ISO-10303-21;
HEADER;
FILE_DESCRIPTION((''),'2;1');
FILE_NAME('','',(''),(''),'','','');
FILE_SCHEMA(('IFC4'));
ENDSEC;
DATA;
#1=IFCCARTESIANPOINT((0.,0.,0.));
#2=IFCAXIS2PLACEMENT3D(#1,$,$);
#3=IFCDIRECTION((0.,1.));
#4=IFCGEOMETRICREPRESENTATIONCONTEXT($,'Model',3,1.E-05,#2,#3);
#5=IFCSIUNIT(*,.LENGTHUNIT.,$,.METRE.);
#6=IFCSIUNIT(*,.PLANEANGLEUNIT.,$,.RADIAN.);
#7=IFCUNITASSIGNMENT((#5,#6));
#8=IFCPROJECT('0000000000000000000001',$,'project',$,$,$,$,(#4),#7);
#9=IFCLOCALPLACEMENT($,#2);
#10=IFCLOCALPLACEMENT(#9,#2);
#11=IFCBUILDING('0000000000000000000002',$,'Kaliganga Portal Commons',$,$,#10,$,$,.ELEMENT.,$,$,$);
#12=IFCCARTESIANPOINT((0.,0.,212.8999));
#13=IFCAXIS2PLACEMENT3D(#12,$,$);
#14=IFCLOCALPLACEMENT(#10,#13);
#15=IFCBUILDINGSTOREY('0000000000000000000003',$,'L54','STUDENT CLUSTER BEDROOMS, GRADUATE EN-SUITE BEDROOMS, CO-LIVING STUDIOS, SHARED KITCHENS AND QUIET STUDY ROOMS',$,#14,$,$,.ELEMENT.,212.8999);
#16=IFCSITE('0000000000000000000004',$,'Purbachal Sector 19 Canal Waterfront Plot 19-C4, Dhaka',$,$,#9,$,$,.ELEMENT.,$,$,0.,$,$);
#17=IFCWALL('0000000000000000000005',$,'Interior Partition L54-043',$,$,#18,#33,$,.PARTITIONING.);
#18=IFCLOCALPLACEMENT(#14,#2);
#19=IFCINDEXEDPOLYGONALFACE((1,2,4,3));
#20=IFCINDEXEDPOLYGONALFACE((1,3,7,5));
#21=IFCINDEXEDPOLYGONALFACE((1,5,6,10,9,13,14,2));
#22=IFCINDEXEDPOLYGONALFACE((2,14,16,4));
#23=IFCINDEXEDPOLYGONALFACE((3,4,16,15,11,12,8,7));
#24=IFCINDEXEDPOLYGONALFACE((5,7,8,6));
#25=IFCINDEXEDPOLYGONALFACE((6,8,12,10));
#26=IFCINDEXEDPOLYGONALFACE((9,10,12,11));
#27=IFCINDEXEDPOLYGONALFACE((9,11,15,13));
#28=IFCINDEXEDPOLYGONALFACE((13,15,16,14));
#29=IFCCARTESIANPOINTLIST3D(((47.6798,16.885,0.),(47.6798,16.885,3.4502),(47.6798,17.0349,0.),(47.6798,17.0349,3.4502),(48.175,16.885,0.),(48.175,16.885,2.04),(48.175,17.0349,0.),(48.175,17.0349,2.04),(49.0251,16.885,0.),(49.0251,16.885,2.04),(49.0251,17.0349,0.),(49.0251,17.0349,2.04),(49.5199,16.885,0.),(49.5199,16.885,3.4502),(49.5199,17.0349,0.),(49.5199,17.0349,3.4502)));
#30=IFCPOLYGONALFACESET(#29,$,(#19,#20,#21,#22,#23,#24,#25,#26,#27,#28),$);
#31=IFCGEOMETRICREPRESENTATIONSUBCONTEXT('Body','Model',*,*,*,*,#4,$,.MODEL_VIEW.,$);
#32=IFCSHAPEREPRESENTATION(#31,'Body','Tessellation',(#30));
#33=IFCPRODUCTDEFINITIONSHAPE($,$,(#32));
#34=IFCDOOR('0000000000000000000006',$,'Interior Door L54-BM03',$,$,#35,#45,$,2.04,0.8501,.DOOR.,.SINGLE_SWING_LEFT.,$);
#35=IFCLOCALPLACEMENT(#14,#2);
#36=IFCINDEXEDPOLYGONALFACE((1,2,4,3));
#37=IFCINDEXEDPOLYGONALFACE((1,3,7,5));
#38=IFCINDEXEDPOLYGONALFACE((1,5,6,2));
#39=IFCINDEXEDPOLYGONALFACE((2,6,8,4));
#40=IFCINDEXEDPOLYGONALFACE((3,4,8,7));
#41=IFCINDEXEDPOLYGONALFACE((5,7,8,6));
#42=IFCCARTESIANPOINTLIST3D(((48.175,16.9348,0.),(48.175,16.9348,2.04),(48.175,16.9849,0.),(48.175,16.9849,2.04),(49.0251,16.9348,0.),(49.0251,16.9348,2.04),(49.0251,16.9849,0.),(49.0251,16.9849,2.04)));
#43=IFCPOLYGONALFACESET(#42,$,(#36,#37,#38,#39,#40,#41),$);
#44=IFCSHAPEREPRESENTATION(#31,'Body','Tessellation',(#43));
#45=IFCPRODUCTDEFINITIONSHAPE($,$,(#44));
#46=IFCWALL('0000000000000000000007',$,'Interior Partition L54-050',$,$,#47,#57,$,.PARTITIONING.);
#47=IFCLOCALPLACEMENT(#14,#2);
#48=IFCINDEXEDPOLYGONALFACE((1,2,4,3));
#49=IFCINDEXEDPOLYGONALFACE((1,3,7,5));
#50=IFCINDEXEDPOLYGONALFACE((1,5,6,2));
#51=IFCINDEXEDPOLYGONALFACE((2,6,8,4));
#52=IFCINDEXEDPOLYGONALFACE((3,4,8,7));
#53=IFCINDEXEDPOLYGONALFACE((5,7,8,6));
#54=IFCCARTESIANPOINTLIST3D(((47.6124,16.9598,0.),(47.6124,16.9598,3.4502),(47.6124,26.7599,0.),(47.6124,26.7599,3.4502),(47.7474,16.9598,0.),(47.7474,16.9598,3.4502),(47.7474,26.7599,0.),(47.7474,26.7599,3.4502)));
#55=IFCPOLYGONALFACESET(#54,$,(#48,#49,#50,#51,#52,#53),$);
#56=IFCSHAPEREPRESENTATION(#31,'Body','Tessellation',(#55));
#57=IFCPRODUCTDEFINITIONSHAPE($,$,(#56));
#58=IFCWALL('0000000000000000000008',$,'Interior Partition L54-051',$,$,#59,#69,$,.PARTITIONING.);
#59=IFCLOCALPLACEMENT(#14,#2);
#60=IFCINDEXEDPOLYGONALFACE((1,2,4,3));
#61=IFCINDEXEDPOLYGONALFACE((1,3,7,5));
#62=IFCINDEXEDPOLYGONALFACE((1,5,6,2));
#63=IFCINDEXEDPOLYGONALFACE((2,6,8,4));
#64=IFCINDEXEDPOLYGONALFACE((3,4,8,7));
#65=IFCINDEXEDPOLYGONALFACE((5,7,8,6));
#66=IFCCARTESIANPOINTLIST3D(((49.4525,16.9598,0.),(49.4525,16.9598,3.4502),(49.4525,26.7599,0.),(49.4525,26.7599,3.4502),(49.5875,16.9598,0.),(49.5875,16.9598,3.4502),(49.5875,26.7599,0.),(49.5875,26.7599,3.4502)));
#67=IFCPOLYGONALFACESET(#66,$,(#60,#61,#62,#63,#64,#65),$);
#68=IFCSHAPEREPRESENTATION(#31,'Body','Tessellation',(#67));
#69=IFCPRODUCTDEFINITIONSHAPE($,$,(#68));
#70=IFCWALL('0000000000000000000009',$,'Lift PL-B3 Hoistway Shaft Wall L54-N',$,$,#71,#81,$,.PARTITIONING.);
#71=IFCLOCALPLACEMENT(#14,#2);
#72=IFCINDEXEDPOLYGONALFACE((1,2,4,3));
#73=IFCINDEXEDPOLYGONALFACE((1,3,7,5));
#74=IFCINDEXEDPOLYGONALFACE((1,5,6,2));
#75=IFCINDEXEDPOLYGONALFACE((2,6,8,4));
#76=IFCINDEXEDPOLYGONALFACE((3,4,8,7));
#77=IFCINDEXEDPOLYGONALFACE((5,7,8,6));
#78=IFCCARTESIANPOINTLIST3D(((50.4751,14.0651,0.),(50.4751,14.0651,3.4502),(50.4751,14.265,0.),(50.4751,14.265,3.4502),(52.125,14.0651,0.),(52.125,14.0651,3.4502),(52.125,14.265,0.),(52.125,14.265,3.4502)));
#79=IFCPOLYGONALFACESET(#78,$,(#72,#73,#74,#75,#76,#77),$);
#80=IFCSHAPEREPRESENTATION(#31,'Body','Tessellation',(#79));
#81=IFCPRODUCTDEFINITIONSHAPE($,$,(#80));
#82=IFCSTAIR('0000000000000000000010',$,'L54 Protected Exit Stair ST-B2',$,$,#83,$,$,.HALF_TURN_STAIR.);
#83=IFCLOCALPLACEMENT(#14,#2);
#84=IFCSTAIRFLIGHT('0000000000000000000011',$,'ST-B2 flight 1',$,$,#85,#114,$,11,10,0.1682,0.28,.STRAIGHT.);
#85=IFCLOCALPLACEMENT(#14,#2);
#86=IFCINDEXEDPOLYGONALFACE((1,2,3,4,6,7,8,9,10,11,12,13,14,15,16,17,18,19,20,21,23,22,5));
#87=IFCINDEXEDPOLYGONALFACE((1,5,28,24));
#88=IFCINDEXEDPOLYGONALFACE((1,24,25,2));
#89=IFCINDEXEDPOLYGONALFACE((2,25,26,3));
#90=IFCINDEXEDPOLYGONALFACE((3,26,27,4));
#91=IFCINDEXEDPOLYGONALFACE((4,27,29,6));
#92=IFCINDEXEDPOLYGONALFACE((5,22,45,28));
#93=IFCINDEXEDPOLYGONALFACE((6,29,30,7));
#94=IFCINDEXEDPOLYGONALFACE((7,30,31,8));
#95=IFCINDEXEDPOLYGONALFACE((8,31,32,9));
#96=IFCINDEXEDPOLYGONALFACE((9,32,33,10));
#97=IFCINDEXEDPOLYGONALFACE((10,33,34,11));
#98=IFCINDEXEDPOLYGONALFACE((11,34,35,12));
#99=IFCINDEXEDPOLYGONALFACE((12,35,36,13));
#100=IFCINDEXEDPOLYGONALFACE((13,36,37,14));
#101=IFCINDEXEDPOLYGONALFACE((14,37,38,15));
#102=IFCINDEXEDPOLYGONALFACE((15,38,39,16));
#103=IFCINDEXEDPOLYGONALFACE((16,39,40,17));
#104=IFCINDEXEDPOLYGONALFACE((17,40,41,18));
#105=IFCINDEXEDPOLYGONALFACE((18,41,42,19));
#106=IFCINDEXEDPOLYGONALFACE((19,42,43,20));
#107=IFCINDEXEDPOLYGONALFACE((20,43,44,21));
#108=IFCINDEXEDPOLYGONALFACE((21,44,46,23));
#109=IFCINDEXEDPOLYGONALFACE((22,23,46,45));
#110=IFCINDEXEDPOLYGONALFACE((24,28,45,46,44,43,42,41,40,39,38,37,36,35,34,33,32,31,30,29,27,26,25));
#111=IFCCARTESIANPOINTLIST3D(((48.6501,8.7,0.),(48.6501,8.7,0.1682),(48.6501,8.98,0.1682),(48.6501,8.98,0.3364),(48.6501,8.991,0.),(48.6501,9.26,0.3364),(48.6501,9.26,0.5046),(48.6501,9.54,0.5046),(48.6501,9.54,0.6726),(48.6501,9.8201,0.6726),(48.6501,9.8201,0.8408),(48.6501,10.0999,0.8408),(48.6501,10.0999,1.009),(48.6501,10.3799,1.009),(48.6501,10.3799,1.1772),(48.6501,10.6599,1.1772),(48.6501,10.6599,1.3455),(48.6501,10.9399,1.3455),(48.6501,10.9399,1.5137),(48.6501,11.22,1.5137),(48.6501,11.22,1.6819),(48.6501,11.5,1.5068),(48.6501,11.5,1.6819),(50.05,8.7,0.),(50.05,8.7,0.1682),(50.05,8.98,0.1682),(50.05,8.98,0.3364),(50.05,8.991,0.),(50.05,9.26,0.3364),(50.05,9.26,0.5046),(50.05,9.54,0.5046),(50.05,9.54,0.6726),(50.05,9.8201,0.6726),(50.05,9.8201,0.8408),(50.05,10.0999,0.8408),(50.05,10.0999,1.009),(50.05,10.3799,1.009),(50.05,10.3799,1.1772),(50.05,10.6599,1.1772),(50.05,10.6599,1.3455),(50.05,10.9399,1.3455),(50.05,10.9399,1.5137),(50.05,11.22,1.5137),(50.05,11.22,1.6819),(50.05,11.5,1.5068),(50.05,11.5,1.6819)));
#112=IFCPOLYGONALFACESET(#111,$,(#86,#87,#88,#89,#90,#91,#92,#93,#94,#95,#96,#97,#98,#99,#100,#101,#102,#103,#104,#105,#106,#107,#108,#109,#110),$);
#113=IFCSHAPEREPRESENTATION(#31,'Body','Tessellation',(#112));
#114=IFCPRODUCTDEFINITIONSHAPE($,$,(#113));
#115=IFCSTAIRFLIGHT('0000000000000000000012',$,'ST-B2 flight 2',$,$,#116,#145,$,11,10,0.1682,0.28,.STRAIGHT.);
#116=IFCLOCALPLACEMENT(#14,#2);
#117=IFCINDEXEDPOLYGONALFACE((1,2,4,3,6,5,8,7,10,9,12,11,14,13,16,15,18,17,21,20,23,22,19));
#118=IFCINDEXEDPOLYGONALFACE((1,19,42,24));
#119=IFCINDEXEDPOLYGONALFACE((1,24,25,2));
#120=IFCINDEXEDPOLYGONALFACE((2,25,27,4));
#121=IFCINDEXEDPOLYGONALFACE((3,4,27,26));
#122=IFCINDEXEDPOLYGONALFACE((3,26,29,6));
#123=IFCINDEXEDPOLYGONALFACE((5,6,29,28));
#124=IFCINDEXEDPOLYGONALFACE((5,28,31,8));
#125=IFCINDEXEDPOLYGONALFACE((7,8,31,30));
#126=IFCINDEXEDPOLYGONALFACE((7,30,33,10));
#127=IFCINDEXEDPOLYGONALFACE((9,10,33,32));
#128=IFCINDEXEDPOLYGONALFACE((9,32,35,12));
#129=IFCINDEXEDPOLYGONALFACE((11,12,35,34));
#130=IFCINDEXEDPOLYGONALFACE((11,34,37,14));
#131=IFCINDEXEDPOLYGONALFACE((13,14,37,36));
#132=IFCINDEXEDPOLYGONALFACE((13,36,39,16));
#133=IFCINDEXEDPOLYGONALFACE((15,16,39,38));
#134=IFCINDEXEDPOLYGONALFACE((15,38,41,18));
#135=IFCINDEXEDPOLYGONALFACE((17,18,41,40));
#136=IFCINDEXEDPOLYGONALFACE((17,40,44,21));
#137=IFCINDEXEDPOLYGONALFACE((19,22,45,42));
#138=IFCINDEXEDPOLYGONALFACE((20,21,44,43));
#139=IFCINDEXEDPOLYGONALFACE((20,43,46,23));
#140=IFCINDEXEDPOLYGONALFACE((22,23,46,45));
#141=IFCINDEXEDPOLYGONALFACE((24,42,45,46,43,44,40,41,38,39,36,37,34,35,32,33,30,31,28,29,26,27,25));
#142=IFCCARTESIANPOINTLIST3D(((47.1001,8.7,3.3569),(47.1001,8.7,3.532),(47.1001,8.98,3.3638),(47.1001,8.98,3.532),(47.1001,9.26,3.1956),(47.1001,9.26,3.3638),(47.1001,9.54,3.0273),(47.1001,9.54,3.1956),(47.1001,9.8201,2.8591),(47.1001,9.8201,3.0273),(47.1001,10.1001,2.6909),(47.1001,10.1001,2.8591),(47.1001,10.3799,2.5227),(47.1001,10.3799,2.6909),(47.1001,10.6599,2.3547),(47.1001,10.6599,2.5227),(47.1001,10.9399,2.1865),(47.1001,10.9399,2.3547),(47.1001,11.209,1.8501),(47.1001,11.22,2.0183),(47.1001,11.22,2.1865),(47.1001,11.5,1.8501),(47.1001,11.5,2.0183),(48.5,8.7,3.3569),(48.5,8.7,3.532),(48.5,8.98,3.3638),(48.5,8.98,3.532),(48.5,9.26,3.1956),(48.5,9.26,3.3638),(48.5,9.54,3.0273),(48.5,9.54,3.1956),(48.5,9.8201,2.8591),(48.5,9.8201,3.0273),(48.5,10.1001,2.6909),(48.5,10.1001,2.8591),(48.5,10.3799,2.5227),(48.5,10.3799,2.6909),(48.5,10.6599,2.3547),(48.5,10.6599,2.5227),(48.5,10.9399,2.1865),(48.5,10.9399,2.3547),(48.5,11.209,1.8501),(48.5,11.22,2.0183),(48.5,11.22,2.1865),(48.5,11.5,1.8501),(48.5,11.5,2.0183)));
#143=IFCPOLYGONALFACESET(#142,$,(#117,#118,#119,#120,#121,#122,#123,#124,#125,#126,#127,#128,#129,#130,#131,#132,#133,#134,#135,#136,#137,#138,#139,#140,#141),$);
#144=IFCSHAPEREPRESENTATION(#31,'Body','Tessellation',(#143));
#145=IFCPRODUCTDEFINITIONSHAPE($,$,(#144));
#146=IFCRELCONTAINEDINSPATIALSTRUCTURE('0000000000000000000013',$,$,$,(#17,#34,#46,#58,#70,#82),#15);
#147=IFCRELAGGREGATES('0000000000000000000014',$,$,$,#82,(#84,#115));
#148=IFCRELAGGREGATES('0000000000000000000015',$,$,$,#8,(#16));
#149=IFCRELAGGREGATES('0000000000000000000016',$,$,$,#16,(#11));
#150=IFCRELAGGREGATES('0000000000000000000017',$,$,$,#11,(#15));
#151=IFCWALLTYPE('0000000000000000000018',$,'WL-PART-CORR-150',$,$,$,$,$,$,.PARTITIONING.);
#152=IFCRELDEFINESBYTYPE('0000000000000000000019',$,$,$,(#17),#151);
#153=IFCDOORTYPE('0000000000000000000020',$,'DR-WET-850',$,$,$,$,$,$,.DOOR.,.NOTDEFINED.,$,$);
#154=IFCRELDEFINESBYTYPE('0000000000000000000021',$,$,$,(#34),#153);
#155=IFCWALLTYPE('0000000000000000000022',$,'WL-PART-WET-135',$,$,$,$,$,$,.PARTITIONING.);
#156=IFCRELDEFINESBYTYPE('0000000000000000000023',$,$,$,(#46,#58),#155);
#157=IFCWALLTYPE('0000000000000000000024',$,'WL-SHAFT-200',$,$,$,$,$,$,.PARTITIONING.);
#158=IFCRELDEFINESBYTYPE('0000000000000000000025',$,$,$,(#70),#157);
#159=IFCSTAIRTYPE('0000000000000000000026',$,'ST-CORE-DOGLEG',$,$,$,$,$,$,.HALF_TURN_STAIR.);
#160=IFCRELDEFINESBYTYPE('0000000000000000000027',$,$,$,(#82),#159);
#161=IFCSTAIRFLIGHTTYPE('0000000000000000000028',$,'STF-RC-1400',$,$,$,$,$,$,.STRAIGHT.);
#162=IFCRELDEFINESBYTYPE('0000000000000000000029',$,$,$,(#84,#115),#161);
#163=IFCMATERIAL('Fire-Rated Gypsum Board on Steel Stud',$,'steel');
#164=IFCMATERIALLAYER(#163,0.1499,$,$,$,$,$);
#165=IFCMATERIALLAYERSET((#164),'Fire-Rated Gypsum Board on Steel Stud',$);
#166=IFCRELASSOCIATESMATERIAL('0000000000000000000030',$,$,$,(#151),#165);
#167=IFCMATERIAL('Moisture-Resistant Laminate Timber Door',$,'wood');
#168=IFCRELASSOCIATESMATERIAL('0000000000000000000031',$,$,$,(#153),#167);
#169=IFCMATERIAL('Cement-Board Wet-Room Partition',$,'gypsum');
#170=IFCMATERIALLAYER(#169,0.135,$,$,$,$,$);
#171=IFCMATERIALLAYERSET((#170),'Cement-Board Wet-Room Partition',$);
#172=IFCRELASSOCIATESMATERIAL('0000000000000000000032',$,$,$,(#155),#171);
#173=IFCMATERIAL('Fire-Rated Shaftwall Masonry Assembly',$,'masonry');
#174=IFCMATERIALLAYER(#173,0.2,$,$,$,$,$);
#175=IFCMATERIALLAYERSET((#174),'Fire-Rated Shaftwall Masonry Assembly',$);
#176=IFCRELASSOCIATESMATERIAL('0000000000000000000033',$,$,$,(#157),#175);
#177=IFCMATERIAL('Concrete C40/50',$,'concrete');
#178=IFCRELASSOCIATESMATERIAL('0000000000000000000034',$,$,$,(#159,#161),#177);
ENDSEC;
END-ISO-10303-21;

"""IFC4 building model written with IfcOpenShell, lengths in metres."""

from ifc_helpers import new_model, si_unit, direction, frame, frame_2d, origin, place, context, subcontext, project, spatial, polyline, rectangle, outline, extrude, material, layer, layer_set, type_object, element, fill, aggregate, save


model = new_model("IFC4")

# Units and contexts
model_context = context("Model", 3, precision=1e-05, world=origin(), true_north=direction((0.0, 1.0)))
body_context = subcontext(model_context, "Body", "Model", "MODEL_VIEW")
ifc_project = project(units=[si_unit("LENGTHUNIT", "METRE"), si_unit("PLANEANGLEUNIT", "RADIAN")], contexts=[model_context])

# Site, building, storey
site_placement = place(None, origin())
site = spatial("IfcSite", under=ifc_project, at=site_placement, Name="Purbachal Sector 19 Canal Waterfront Plot 19-C4, Dhaka", CompositionType="ELEMENT", RefElevation=0.0)
building_placement = place(site_placement, origin())
building = spatial("IfcBuilding", under=site, at=building_placement, Name="Kaliganga Portal Commons", CompositionType="ELEMENT")
storey_placement = place(building_placement, frame((0.0, 0.0, 212.8999)))
storey = spatial("IfcBuildingStorey", under=building, at=storey_placement, Name="L54", Description="STUDENT CLUSTER BEDROOMS, GRADUATE EN-SUITE BEDROOMS, CO-LIVING STUDIOS, SHARED KITCHENS AND QUIET STUDY ROOMS", CompositionType="ELEMENT", Elevation=212.8999)

# Wall, opening, door
ifc_material_1 = material(Name="Fire-Rated Gypsum Board on Steel Stud", Category="steel")
ifc_layer_1 = layer(ifc_material_1, 0.1499)
ifc_layer_set_1 = layer_set([ifc_layer_1], Name="Fire-Rated Gypsum Board on Steel Stud")
wall_type_1 = type_object("IfcWallType", Name="WL-PART-CORR-150", PredefinedType="PARTITIONING", material=ifc_layer_set_1)
wall_1_placement = place(storey_placement, frame((47.6799, 16.96, 0.0), z_axis=(0.0, 0.0, 1.0), x_axis=(1.0, 0.0, 0.0)))
wall_1 = element("IfcWall", 1, at=wall_1_placement, inside=storey, type_object=wall_type_1, Name="Interior Partition L54-043", PredefinedType="PARTITIONING", context=body_context, shape_type="SweptSolid", body=[
    extrude(rectangle(XDim=1.8401, YDim=0.1499, at=frame_2d((0.9199, 0.0))), origin(), (0.0, 0.0, 1.0), 3.4502),
])
opening_1_placement = place(wall_1_placement, frame((0.4951, 0.0, 0.0)))
opening_1 = element("IfcOpeningElement", 2, at=opening_1_placement, cuts=wall_1, PredefinedType="OPENING", context=body_context, shape_type="SweptSolid", body=[
    extrude(rectangle(XDim=0.8501, YDim=2.04, at=frame_2d((0.425, 1.02))), frame((0.0, 0.085, 0.0), z_axis=(0.0, -1.0, 0.0), x_axis=(1.0, 0.0, 0.0)), (0.0, 0.0, 1.0), 0.1699),
])
ifc_material_2 = material(Name="Moisture-Resistant Laminate Timber Door", Category="wood")
door_type_1 = type_object("IfcDoorType", Name="DR-WET-850", OperationType="NOTDEFINED", PredefinedType="DOOR", material=ifc_material_2)
door_1_placement = place(opening_1_placement, origin())
door_1 = element("IfcDoor", 3, at=door_1_placement, inside=storey, type_object=door_type_1, Name="Interior Door L54-BM03", OperationType="SINGLE_SWING_LEFT", OverallHeight=2.04, OverallWidth=0.8501, PredefinedType="DOOR", context=body_context, shape_type="SweptSolid", body=[
    extrude(rectangle(XDim=0.8501, YDim=2.04, at=frame_2d((0.425, 1.02))), frame((0.0, 0.0249, 0.0), z_axis=(0.0, -1.0, 0.0), x_axis=(1.0, 0.0, 0.0)), (0.0, 0.0, 1.0), 0.05),
])
fill(opening_1, door_1)

# Walls
ifc_material_3 = material(Name="Cement-Board Wet-Room Partition", Category="gypsum")
ifc_layer_2 = layer(ifc_material_3, 0.135)
ifc_layer_set_2 = layer_set([ifc_layer_2], Name="Cement-Board Wet-Room Partition")
wall_type_2 = type_object("IfcWallType", Name="WL-PART-WET-135", PredefinedType="PARTITIONING", material=ifc_layer_set_2)
for number, where, z_axis, x_axis, name in (
    (4, (47.6799, 16.96, 0.0), (0.0, 0.0, 1.0), (0.0, 1.0, 0.0), "Interior Partition L54-050"),
    (5, (49.52, 16.96, 0.0), (0.0, 0.0, 1.0), (0.0, 1.0, 0.0), "Interior Partition L54-051"),
):
    element("IfcWall", number, at=place(storey_placement, frame(where, z_axis=z_axis, x_axis=x_axis)), inside=storey, type_object=wall_type_2, Name=name, PredefinedType="PARTITIONING", context=body_context, shape_type="SweptSolid", body=[
        extrude(rectangle(XDim=9.8, YDim=0.135, at=frame_2d((4.8999, 0.0))), origin(), (0.0, 0.0, 1.0), 3.4502),
    ])

# Shared definitions
ifc_material_4 = material(Name="Fire-Rated Shaftwall Masonry Assembly", Category="masonry")
ifc_layer_3 = layer(ifc_material_4, 0.2)
ifc_layer_set_3 = layer_set([ifc_layer_3], Name="Fire-Rated Shaftwall Masonry Assembly")
wall_type_3 = type_object("IfcWallType", Name="WL-SHAFT-200", PredefinedType="PARTITIONING", material=ifc_layer_set_3)

# Wall
wall_2_placement = place(storey_placement, frame((50.4751, 14.165, 0.0), z_axis=(0.0, 0.0, 1.0), x_axis=(1.0, 0.0, 0.0)))
element("IfcWall", 6, at=wall_2_placement, inside=storey, type_object=wall_type_3, Name="Lift PL-B3 Hoistway Shaft Wall L54-N", PredefinedType="PARTITIONING", context=body_context, shape_type="SweptSolid", body=[
    extrude(rectangle(XDim=1.6499, YDim=0.2, at=frame_2d((0.825, 0.0))), origin(), (0.0, 0.0, 1.0), 3.4502),
])

# Stair, stair flights
ifc_material_5 = material(Name="Concrete C40/50", Category="concrete")
stair_type = type_object("IfcStairType", Name="ST-CORE-DOGLEG", PredefinedType="HALF_TURN_STAIR", material=ifc_material_5)
stair_placement = place(storey_placement, origin())
stair = element("IfcStair", 7, at=stair_placement, inside=storey, type_object=stair_type, Name="L54 Protected Exit Stair ST-B2", PredefinedType="HALF_TURN_STAIR")
stair_flight_type = type_object("IfcStairFlightType", Name="STF-RC-1400", PredefinedType="STRAIGHT", material=ifc_material_5)
stair_flight_1_placement = place(storey_placement, frame((49.3501, 8.7, 0.0), z_axis=(0.0, 0.0, 1.0), x_axis=(0.0, 1.0, 0.0)))
stair_flight_1 = element("IfcStairFlight", 8, at=stair_flight_1_placement, type_object=stair_flight_type, Name="ST-B2 flight 1", NumberOfRisers=11, NumberOfTreads=10, PredefinedType="STRAIGHT", RiserHeight=0.1682, TreadLength=0.28, context=body_context, shape_type="SweptSolid", body=[
    extrude(outline(polyline([(0.0, 0.0), (0.0, 0.1682), (0.28, 0.1682), (0.28, 0.3364), (0.5601, 0.3364), (0.5601, 0.5046), (0.8401, 0.5046), (0.8401, 0.6726), (1.1201, 0.6726), (1.1201, 0.8408), (1.3999, 0.8408), (1.3999, 1.009), (1.6799, 1.009), (1.6799, 1.1772), (1.96, 1.1772), (1.96, 1.3455), (2.24, 1.3455), (2.24, 1.5137), (2.52, 1.5137), (2.52, 1.6819), (2.8, 1.6819), (2.8, 1.8501), (2.8, 1.5068), (0.291, 0.0), (0.0, 0.0)])), frame((0.0, 0.7, 0.0), z_axis=(0.0, -1.0, 0.0), x_axis=(1.0, 0.0, 0.0)), (0.0, 0.0, 1.0), 1.3999),
])
stair_flight_2_placement = place(storey_placement, frame((47.8, 11.5, 1.8501), z_axis=(0.0, 0.0, 1.0), x_axis=(0.0, -1.0, 0.0)))
stair_flight_2 = element("IfcStairFlight", 9, at=stair_flight_2_placement, type_object=stair_flight_type, Name="ST-B2 flight 2", NumberOfRisers=11, NumberOfTreads=10, PredefinedType="STRAIGHT", RiserHeight=0.1682, TreadLength=0.28, context=body_context, shape_type="SweptSolid", body=[
    extrude(outline(polyline([(0.0, 0.0), (0.0, 0.1682), (0.28, 0.1682), (0.28, 0.3364), (0.5601, 0.3364), (0.5601, 0.5046), (0.8401, 0.5046), (0.8401, 0.6726), (1.1201, 0.6726), (1.1201, 0.8408), (1.3999, 0.8408), (1.3999, 1.009), (1.6799, 1.009), (1.6799, 1.1772), (1.96, 1.1772), (1.96, 1.3455), (2.24, 1.3455), (2.24, 1.5137), (2.52, 1.5137), (2.52, 1.6819), (2.8, 1.6819), (2.8, 1.8501), (2.8, 1.5068), (0.291, 0.0), (0.0, 0.0)])), frame((0.0, 0.7, 0.0), z_axis=(0.0, -1.0, 0.0), x_axis=(1.0, 0.0, 0.0)), (0.0, 0.0, 1.0), 1.3999),
])
aggregate(stair, [stair_flight_1, stair_flight_2])

save(model, "model.ifc")
